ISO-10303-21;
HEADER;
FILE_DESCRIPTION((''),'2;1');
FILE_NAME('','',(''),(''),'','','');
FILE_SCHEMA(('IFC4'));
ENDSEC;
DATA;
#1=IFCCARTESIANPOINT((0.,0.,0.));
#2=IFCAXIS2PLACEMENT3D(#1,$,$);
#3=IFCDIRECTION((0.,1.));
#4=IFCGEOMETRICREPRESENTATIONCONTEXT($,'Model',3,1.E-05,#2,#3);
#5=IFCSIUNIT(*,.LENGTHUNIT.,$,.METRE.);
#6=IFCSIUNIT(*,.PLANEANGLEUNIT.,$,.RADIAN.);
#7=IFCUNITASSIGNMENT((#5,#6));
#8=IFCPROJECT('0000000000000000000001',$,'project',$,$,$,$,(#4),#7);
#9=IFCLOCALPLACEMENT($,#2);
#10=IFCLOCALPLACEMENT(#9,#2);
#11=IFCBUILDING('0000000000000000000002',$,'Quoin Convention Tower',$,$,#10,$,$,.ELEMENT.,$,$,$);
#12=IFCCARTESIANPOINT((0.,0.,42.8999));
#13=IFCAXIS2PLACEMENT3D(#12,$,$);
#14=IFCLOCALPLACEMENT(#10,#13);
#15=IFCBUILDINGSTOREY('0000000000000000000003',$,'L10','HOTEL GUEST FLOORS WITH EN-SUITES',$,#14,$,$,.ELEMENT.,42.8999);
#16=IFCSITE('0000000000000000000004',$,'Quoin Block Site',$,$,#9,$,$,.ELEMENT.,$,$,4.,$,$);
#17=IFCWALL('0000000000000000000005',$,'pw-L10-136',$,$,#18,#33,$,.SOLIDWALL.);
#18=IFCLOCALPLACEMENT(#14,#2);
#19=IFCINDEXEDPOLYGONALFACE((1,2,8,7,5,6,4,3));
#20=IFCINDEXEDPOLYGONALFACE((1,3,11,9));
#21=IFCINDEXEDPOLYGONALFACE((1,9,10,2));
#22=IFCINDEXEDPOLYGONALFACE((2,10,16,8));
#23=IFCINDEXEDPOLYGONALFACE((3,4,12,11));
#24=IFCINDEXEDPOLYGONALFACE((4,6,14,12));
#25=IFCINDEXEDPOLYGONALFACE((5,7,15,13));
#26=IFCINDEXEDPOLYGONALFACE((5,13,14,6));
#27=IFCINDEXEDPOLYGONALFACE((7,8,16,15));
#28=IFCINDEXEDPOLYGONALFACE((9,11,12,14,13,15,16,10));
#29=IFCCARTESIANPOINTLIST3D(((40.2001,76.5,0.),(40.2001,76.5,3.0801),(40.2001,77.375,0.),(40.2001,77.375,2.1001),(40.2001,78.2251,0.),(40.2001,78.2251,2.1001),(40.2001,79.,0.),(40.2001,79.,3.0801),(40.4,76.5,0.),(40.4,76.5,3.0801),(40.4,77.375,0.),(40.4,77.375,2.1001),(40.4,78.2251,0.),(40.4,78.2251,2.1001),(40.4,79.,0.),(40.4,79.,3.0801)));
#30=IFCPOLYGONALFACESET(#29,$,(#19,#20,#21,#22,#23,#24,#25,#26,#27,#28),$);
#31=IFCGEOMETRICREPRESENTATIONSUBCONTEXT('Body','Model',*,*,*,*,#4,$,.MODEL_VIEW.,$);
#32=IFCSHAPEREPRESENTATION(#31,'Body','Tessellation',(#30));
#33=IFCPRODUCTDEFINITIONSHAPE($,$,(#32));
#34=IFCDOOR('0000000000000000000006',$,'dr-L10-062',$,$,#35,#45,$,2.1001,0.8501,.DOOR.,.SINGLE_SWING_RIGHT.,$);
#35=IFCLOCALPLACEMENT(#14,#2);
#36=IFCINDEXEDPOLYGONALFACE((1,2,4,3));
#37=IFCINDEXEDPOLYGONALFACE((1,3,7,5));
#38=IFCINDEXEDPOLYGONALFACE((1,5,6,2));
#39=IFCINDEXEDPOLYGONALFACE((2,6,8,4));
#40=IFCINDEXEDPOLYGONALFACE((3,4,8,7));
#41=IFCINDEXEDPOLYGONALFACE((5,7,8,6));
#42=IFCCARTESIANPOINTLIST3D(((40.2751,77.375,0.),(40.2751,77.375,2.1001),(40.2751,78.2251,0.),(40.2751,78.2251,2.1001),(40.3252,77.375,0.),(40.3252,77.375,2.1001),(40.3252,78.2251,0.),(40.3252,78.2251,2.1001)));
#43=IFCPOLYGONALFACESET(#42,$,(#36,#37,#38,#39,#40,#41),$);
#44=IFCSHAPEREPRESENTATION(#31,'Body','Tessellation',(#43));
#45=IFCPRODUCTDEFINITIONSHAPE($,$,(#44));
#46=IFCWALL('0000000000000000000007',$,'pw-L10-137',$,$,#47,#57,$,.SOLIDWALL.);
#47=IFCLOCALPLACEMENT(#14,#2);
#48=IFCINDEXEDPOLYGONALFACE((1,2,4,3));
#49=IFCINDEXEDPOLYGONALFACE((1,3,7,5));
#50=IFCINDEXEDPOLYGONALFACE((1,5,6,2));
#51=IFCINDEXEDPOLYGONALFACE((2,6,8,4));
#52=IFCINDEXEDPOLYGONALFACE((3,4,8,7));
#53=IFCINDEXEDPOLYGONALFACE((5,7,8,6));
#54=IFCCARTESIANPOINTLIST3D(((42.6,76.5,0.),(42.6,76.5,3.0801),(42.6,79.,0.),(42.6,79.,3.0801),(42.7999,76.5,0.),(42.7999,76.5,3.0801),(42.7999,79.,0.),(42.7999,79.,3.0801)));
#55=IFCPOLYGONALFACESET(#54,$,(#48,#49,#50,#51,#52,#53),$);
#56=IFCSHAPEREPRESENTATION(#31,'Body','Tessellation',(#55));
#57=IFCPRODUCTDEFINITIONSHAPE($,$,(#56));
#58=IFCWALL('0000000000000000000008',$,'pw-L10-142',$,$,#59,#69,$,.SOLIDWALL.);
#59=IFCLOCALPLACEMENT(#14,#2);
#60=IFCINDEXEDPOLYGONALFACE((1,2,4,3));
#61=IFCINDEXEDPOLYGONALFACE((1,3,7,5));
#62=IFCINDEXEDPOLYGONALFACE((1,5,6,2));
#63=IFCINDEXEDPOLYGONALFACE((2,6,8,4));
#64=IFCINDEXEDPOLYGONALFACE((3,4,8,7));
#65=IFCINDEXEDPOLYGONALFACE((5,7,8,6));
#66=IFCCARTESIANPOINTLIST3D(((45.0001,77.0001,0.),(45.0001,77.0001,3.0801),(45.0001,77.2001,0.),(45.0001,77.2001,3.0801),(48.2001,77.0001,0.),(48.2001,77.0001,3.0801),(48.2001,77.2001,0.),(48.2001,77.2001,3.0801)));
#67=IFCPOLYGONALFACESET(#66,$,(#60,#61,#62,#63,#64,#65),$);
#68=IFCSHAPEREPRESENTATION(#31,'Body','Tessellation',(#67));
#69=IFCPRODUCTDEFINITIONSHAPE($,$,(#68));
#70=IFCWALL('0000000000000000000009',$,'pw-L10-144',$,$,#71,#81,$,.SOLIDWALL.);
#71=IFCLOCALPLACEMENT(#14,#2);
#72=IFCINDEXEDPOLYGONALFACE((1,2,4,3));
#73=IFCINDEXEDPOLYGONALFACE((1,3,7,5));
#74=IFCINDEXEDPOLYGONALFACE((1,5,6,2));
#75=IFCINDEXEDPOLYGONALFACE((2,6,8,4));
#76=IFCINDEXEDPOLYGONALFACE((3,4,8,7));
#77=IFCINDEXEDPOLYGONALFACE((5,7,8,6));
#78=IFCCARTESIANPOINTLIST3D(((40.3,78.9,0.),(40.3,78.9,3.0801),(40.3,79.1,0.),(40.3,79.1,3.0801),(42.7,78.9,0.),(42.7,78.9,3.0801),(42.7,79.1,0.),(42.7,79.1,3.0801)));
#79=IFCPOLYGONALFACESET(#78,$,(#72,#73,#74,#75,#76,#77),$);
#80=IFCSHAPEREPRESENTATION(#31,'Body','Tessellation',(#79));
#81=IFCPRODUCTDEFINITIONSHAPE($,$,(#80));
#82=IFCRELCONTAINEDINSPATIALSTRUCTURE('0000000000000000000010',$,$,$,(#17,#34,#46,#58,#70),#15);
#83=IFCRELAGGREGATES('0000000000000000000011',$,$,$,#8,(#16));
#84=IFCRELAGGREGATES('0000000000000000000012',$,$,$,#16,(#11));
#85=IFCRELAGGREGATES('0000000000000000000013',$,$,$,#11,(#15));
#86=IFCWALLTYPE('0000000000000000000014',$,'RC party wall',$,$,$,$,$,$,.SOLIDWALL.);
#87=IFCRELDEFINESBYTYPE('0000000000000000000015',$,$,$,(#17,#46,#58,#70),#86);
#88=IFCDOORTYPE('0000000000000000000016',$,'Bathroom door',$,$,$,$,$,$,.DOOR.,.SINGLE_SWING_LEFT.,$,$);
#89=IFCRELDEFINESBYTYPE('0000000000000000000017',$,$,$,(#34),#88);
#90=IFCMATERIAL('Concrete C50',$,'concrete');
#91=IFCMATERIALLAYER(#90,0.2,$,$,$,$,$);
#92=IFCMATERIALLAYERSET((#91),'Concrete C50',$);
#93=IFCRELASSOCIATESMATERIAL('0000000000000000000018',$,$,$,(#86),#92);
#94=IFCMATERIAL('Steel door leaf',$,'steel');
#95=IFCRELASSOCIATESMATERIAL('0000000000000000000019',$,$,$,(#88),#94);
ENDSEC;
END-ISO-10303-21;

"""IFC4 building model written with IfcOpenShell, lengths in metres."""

from ifc_helpers import new_model, si_unit, direction, frame, frame_2d, origin, place, context, subcontext, project, spatial, rectangle, extrude, material, layer, layer_set, type_object, element, fill, save


model = new_model("IFC4")

# Units and contexts
model_context = context("Model", 3, precision=1e-05, world=origin(), true_north=direction((0.0, 1.0)))
body_context = subcontext(model_context, "Body", "Model", "MODEL_VIEW")
ifc_project = project(units=[si_unit("LENGTHUNIT", "METRE"), si_unit("PLANEANGLEUNIT", "RADIAN")], contexts=[model_context])

# Site, building, storey
site_placement = place(None, origin())
site = spatial("IfcSite", under=ifc_project, at=site_placement, Name="Quoin Block Site", CompositionType="ELEMENT", RefElevation=4.0)
building_placement = place(site_placement, origin())
building = spatial("IfcBuilding", under=site, at=building_placement, Name="Quoin Convention Tower", CompositionType="ELEMENT")
storey_placement = place(building_placement, frame((0.0, 0.0, 42.8999)))
storey = spatial("IfcBuildingStorey", under=building, at=storey_placement, Name="L10", Description="HOTEL GUEST FLOORS WITH EN-SUITES", CompositionType="ELEMENT", Elevation=42.8999)

# Shared definitions
ifc_material_1 = material(Name="Concrete C50", Category="concrete")
ifc_layer_1 = layer(ifc_material_1, 0.2)
ifc_layer_set_1 = layer_set([ifc_layer_1], Name="Concrete C50")
wall_type_1 = type_object("IfcWallType", Name="RC party wall", PredefinedType="SOLIDWALL", material=ifc_layer_set_1)

# Shared definitions
ifc_material_2 = material(Name="Steel door leaf", Category="steel")
door_type = type_object("IfcDoorType", Name="Bathroom door", OperationType="SINGLE_SWING_LEFT", PredefinedType="DOOR", material=ifc_material_2)

# Wall, opening, door
wall_1_placement = place(storey_placement, frame((40.3, 76.5, 0.0), z_axis=(0.0, 0.0, 1.0), x_axis=(0.0, 1.0, 0.0)))
wall_1 = element("IfcWall", 1, at=wall_1_placement, inside=storey, type_object=wall_type_1, Name="pw-L10-136", PredefinedType="SOLIDWALL", context=body_context, shape_type="SweptSolid", body=[
    extrude(rectangle(XDim=2.5, YDim=0.2, at=frame_2d((1.25, 0.0))), origin(), (0.0, 0.0, 1.0), 3.0801),
])
opening_1_placement = place(wall_1_placement, frame((0.875, 0.0, 0.0)))
opening_1 = element("IfcOpeningElement", 2, at=opening_1_placement, cuts=wall_1, PredefinedType="OPENING", context=body_context, shape_type="SweptSolid", body=[
    extrude(rectangle(XDim=0.8501, YDim=2.1001, at=frame_2d((0.425, 1.05))), frame((0.0, 0.1099, 0.0), z_axis=(0.0, -1.0, 0.0), x_axis=(1.0, 0.0, 0.0)), (0.0, 0.0, 1.0), 0.22),
])
door_1_placement = place(opening_1_placement, origin())
door_1 = element("IfcDoor", 3, at=door_1_placement, inside=storey, type_object=door_type, Name="dr-L10-062", OperationType="SINGLE_SWING_RIGHT", OverallHeight=2.1001, OverallWidth=0.8501, PredefinedType="DOOR", context=body_context, shape_type="SweptSolid", body=[
    extrude(rectangle(XDim=0.8501, YDim=2.1001, at=frame_2d((0.425, 1.05))), frame((0.0, 0.0249, 0.0), z_axis=(0.0, -1.0, 0.0), x_axis=(1.0, 0.0, 0.0)), (0.0, 0.0, 1.0), 0.05),
])
fill(opening_1, door_1)

# Walls
wall_2_placement = place(storey_placement, frame((42.7, 76.5, 0.0), z_axis=(0.0, 0.0, 1.0), x_axis=(0.0, 1.0, 0.0)))
element("IfcWall", 4, at=wall_2_placement, inside=storey, type_object=wall_type_1, Name="pw-L10-137", PredefinedType="SOLIDWALL", context=body_context, shape_type="SweptSolid", body=[
    extrude(rectangle(XDim=2.5, YDim=0.2, at=frame_2d((1.25, 0.0))), origin(), (0.0, 0.0, 1.0), 3.0801),
])
wall_3_placement = place(storey_placement, frame((45.0, 77.1001, 0.0), z_axis=(0.0, 0.0, 1.0), x_axis=(1.0, 0.0, 0.0)))
element("IfcWall", 5, at=wall_3_placement, inside=storey, type_object=wall_type_1, Name="pw-L10-142", PredefinedType="SOLIDWALL", context=body_context, shape_type="SweptSolid", body=[
    extrude(rectangle(XDim=3.2, YDim=0.2, at=frame_2d((1.6001, 0.0))), origin(), (0.0, 0.0, 1.0), 3.0801),
])
wall_4_placement = place(storey_placement, frame((40.3, 79.0, 0.0), z_axis=(0.0, 0.0, 1.0), x_axis=(1.0, 0.0, 0.0)))
element("IfcWall", 6, at=wall_4_placement, inside=storey, type_object=wall_type_1, Name="pw-L10-144", PredefinedType="SOLIDWALL", context=body_context, shape_type="SweptSolid", body=[
    extrude(rectangle(XDim=2.3999, YDim=0.2, at=frame_2d((1.2, 0.0))), origin(), (0.0, 0.0, 1.0), 3.0801),
])

save(model, "model.ifc")
